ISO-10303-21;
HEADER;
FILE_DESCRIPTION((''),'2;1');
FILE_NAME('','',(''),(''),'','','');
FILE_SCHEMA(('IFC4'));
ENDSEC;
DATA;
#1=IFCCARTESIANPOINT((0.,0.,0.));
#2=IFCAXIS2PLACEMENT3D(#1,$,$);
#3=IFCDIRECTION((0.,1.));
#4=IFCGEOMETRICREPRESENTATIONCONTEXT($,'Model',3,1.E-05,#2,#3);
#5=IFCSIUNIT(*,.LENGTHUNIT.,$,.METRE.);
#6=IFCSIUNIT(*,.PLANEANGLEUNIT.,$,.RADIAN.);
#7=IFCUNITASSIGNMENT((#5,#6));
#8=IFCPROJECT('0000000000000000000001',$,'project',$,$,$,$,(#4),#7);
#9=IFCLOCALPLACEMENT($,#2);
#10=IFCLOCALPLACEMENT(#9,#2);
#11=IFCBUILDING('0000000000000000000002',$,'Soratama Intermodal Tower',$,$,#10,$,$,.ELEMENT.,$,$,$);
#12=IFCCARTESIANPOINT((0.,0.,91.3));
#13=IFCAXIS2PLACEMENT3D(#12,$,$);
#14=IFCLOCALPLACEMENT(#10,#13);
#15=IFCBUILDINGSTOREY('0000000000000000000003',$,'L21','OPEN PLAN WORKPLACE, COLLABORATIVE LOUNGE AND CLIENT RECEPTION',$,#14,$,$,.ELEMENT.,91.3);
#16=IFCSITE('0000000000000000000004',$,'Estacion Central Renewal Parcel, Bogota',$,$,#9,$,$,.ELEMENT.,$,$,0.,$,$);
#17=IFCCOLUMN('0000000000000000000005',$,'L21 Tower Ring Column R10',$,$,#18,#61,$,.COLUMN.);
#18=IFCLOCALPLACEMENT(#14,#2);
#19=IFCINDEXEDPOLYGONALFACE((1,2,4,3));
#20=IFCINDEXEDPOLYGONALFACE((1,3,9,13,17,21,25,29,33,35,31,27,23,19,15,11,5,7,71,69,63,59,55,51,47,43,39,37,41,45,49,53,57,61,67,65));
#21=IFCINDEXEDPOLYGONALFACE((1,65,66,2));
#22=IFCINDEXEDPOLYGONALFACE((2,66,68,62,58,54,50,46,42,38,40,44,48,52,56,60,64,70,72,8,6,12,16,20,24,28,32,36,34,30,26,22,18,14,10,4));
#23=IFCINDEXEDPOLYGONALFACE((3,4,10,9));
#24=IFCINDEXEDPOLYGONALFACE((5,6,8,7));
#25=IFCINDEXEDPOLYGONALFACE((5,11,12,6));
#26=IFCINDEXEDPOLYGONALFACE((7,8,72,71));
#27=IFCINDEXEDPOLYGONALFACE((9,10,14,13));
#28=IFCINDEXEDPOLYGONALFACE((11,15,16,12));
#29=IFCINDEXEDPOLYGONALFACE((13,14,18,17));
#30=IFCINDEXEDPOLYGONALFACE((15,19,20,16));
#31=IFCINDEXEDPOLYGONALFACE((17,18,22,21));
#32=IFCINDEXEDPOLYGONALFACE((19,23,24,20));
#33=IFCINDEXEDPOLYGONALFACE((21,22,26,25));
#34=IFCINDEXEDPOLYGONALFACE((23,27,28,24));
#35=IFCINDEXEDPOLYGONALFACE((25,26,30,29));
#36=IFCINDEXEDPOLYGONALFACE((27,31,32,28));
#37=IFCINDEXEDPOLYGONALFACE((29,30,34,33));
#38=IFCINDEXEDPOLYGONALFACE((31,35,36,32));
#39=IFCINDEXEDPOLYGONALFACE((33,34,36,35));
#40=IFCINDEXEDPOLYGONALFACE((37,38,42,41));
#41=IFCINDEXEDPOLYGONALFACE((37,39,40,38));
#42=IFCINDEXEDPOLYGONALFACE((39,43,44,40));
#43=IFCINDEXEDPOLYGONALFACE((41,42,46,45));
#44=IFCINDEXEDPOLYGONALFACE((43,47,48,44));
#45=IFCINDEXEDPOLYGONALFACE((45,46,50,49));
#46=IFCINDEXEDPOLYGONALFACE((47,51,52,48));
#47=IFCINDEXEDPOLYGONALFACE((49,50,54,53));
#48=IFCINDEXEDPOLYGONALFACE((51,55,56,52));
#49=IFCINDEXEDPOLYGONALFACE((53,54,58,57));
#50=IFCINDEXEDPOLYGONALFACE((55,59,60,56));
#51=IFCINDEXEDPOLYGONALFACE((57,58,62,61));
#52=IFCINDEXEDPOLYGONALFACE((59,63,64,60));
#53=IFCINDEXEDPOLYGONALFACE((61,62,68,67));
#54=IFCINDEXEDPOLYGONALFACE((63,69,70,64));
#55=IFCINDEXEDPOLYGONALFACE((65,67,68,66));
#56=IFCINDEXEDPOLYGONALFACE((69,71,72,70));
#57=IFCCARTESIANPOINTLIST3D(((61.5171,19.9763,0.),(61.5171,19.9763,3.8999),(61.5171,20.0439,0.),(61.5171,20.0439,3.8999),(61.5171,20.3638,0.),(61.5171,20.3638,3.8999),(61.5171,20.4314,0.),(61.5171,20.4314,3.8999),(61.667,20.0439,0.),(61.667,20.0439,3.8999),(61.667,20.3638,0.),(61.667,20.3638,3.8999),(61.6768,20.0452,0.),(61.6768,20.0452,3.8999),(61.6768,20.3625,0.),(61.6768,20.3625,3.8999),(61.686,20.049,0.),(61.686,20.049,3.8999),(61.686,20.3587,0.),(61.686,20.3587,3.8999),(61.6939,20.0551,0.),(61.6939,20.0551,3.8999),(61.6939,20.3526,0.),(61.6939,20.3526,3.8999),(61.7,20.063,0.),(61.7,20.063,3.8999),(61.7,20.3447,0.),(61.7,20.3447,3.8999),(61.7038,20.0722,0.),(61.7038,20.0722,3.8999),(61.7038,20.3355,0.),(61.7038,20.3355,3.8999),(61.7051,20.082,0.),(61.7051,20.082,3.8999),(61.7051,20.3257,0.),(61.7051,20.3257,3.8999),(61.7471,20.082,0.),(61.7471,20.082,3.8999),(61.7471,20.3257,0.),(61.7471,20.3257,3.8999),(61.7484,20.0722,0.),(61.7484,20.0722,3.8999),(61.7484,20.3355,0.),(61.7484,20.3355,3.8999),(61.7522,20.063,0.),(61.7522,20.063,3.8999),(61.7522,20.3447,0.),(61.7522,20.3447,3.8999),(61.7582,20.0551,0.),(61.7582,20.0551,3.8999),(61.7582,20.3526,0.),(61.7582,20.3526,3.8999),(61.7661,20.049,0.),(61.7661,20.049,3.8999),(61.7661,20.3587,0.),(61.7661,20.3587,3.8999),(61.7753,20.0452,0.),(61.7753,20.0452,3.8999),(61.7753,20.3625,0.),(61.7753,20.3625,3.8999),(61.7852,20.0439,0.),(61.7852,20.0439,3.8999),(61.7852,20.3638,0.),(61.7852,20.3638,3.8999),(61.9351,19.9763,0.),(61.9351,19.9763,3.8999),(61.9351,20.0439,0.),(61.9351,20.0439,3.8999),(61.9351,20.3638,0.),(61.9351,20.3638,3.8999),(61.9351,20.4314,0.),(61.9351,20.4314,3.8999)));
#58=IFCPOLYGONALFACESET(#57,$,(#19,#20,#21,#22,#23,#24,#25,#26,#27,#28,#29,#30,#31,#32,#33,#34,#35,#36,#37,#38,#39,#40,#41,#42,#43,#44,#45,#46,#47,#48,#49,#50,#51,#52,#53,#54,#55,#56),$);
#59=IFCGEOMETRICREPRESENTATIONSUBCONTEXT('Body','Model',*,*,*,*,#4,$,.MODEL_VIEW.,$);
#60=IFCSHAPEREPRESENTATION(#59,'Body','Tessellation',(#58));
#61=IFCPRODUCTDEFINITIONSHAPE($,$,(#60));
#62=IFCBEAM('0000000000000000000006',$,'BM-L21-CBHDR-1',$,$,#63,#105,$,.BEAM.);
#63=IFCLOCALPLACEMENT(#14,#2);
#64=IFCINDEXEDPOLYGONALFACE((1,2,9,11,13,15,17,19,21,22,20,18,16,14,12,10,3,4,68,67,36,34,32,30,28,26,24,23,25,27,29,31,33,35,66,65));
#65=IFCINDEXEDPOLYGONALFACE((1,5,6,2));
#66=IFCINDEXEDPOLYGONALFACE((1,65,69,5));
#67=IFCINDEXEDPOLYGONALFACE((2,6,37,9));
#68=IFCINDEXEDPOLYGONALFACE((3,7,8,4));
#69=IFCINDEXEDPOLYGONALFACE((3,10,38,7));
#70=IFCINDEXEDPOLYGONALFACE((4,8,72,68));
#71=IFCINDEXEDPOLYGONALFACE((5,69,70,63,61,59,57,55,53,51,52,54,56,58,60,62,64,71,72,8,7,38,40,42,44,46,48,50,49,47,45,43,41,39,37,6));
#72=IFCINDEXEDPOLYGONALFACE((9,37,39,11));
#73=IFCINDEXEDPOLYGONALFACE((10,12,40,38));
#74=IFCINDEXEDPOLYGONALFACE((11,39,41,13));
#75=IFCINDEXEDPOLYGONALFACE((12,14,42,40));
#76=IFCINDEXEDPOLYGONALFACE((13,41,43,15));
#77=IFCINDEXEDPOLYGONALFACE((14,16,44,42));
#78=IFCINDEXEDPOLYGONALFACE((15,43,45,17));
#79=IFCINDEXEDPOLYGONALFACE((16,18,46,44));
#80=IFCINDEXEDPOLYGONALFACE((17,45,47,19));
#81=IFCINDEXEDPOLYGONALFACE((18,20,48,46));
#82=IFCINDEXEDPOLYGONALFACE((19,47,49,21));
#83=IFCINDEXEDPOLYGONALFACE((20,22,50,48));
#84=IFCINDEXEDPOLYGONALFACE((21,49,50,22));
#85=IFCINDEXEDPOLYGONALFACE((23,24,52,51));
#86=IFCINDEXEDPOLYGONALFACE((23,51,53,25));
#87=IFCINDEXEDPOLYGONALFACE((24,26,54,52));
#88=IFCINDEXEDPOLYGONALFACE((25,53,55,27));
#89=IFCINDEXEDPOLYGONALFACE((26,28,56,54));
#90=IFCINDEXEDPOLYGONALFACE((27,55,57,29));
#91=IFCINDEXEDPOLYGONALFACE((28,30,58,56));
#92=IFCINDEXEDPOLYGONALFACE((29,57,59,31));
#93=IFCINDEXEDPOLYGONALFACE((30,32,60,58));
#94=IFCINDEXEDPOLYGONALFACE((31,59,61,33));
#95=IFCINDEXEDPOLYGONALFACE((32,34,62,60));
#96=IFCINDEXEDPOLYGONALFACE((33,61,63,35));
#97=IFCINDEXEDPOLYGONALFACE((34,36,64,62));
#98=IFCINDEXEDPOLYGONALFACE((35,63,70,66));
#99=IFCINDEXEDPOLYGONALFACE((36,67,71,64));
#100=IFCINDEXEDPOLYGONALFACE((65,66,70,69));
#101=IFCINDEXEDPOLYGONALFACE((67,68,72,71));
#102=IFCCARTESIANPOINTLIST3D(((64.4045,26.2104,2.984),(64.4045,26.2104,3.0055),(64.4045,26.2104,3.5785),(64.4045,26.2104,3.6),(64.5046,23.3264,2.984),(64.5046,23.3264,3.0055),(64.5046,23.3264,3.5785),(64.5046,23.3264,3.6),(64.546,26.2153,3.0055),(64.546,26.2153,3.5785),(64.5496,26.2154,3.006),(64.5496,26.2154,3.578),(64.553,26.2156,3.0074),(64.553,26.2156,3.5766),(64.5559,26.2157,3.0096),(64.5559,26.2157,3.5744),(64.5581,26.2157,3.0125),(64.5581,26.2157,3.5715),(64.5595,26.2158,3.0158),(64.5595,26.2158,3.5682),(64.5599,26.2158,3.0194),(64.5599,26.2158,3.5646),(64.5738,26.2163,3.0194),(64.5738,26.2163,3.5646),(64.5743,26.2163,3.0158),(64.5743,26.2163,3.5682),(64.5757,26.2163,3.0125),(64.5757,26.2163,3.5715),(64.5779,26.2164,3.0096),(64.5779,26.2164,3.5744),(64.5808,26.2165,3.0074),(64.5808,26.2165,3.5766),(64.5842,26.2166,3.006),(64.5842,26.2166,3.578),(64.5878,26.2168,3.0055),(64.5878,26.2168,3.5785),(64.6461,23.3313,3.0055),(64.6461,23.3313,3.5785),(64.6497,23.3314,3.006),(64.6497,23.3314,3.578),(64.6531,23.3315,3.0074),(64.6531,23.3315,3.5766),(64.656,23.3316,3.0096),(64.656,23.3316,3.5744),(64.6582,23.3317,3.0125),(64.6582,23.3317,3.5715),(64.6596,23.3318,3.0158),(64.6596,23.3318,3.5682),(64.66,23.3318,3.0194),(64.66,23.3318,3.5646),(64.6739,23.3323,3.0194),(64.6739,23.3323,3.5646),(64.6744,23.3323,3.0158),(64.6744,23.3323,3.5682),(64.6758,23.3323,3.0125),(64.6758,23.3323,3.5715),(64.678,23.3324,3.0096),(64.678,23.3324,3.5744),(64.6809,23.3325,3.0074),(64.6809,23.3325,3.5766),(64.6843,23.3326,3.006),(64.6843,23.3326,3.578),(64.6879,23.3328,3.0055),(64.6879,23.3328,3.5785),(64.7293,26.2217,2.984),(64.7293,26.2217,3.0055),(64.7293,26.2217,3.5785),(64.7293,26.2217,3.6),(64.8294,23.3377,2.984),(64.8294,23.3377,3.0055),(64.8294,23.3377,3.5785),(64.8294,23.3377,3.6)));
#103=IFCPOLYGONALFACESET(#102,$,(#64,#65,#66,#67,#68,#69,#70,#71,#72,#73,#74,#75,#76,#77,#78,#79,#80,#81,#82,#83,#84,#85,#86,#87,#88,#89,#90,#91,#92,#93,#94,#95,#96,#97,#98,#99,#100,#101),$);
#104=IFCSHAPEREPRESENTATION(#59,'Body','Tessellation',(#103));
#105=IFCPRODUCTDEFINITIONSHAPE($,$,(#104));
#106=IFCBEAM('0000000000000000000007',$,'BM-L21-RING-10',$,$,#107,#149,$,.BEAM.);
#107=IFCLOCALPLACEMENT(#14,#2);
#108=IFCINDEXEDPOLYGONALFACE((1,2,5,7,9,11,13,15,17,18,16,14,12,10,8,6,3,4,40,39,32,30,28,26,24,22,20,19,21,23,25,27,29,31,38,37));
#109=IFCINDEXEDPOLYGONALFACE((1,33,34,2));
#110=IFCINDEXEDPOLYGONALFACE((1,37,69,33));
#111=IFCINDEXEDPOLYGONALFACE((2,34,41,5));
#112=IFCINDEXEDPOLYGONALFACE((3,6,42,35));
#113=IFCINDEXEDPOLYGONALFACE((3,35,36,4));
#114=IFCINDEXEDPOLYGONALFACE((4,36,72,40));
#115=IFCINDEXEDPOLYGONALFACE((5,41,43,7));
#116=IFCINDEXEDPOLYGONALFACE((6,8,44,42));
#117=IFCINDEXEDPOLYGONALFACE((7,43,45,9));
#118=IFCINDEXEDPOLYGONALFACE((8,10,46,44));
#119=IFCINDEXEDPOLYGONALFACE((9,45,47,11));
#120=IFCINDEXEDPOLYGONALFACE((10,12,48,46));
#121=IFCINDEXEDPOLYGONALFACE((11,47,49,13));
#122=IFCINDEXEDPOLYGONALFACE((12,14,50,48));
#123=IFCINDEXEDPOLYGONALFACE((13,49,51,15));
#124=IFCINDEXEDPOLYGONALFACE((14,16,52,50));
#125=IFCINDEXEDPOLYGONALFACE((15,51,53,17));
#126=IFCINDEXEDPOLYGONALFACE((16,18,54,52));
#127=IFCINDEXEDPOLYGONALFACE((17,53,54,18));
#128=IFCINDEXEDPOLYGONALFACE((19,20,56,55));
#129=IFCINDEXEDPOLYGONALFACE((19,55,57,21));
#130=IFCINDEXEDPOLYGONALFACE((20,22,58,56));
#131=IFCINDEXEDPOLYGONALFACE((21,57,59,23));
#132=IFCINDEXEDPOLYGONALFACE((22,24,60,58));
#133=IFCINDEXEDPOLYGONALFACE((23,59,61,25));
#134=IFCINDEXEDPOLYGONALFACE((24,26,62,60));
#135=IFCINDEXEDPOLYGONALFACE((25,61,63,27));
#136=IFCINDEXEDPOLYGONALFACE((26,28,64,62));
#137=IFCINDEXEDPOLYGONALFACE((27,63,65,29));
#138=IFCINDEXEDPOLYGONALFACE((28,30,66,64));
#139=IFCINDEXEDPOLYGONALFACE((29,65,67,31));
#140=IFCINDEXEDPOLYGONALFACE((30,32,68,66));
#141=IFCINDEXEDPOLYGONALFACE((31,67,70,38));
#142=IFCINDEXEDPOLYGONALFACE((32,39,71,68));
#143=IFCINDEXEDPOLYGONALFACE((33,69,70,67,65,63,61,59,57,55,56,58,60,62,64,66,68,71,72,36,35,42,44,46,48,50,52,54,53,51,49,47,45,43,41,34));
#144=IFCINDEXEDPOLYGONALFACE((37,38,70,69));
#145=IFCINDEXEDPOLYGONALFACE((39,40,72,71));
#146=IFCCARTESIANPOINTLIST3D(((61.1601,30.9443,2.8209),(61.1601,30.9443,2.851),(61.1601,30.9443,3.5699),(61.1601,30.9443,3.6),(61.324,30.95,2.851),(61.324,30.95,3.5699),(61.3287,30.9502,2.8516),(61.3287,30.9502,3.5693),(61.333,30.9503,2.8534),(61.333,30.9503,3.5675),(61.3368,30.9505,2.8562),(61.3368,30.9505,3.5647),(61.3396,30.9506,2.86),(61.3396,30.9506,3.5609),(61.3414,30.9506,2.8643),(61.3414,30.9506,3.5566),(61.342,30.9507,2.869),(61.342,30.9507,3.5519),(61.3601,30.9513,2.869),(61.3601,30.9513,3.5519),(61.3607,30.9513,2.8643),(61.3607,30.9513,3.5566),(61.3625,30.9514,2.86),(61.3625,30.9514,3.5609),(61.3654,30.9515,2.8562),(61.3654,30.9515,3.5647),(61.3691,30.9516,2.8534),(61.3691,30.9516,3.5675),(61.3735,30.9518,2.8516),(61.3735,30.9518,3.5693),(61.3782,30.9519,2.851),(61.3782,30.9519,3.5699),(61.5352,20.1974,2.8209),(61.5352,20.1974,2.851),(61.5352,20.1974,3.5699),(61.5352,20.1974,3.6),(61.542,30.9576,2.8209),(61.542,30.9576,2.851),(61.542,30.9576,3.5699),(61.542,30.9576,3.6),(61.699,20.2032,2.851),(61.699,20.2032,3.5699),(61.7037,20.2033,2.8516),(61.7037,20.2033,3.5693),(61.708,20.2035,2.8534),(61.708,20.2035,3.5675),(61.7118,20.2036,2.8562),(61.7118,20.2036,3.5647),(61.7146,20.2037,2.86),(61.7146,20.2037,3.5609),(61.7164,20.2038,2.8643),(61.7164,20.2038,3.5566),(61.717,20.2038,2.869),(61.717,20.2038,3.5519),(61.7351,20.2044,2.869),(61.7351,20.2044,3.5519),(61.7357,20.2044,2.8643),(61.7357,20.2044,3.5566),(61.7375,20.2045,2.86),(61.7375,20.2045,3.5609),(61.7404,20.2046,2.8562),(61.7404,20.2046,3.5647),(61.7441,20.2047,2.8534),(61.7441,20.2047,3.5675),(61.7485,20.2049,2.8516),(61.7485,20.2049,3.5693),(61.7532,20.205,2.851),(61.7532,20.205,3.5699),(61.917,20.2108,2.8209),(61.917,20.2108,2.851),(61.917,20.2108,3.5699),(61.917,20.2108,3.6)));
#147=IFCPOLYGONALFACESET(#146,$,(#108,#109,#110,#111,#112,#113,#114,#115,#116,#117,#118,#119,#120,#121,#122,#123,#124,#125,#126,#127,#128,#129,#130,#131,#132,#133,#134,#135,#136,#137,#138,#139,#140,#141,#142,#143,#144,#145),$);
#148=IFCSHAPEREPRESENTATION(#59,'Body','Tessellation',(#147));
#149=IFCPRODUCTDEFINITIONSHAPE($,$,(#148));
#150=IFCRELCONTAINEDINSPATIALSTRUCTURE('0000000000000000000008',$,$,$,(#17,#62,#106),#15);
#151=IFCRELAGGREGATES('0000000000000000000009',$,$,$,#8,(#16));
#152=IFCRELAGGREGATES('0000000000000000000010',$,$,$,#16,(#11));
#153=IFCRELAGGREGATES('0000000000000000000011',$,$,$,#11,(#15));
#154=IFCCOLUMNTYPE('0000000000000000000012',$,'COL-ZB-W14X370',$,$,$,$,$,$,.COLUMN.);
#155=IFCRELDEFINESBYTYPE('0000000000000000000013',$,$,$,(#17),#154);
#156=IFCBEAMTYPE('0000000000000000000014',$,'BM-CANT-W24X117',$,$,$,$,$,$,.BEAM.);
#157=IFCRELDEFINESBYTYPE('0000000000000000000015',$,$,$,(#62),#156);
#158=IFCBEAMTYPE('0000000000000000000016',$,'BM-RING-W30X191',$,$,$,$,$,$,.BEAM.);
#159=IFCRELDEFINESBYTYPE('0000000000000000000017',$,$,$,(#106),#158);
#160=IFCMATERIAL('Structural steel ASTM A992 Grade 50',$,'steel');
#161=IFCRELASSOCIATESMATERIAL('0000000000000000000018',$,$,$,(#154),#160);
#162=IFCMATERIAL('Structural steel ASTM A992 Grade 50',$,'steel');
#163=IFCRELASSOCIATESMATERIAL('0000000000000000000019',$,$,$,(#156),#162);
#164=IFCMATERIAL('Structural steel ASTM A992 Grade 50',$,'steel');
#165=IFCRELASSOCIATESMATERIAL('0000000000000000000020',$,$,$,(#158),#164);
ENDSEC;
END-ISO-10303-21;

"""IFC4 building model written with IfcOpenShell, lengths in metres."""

from ifc_helpers import new_model, si_unit, direction, frame, origin, origin_2d, place, context, subcontext, project, spatial, i_section, extrude, material, material_profile, profile_set, type_object, element, save


model = new_model("IFC4")

# Units and contexts
model_context = context("Model", 3, precision=1e-05, world=origin(), true_north=direction((0.0, 1.0)))
body_context = subcontext(model_context, "Body", "Model", "MODEL_VIEW")
ifc_project = project(units=[si_unit("LENGTHUNIT", "METRE"), si_unit("PLANEANGLEUNIT", "RADIAN")], contexts=[model_context])

# Site, building, storey
site_placement = place(None, origin())
site = spatial("IfcSite", under=ifc_project, at=site_placement, Name="Estacion Central Renewal Parcel, Bogota", CompositionType="ELEMENT", RefElevation=0.0)
building_placement = place(site_placement, origin())
building = spatial("IfcBuilding", under=site, at=building_placement, Name="Soratama Intermodal Tower", CompositionType="ELEMENT")
storey_placement = place(building_placement, frame((0.0, 0.0, 91.3)))
storey = spatial("IfcBuildingStorey", under=building, at=storey_placement, Name="L21", Description="OPEN PLAN WORKPLACE, COLLABORATIVE LOUNGE AND CLIENT RECEPTION", CompositionType="ELEMENT", Elevation=91.3)

# Column
ifc_material_1 = material(Name="Structural steel ASTM A992 Grade 50", Category="steel")
ifc_material_profile_1 = material_profile(ifc_material_1, i_section(OverallWidth=0.418, OverallDepth=0.4551, WebThickness=0.042, FlangeThickness=0.0676, FilletRadius=0.0381, at=origin_2d()), Name="W14X370")
ifc_profile_set_1 = profile_set([ifc_material_profile_1], Name="Structural steel ASTM A992 Grade 50")
column_type = type_object("IfcColumnType", Name="COL-ZB-W14X370", PredefinedType="COLUMN", material=ifc_profile_set_1)
column_placement = place(storey_placement, frame((61.7261, 20.2039, 0.0), z_axis=(0.0, 0.0, 1.0), x_axis=(1.0, 0.0, 0.0)))
element("IfcColumn", 1, at=column_placement, inside=storey, type_object=column_type, Name="L21 Tower Ring Column R10", PredefinedType="COLUMN", context=body_context, shape_type="SweptSolid", body=[
    extrude(i_section(OverallWidth=0.418, OverallDepth=0.4551, WebThickness=0.042, FlangeThickness=0.0676, FilletRadius=0.0381, at=origin_2d()), origin(), (0.0, 0.0, 1.0), 3.8999),
])

# Beams
ifc_material_2 = material(Name="Structural steel ASTM A992 Grade 50", Category="steel")
ifc_material_profile_2 = material_profile(ifc_material_2, i_section(OverallWidth=0.325, OverallDepth=0.616, WebThickness=0.0139, FlangeThickness=0.0215, FilletRadius=0.0139, at=origin_2d()), Name="W24X117")
ifc_profile_set_2 = profile_set([ifc_material_profile_2], Name="Structural steel ASTM A992 Grade 50")
beam_type_1 = type_object("IfcBeamType", Name="BM-CANT-W24X117", PredefinedType="BEAM", material=ifc_profile_set_2)
beam_1_placement = place(storey_placement, frame((64.667, 23.332, 3.292), z_axis=(-0.034687, 0.999398, 0.0), x_axis=(-0.999398, -0.034687, 0.0)))
element("IfcBeam", 2, at=beam_1_placement, inside=storey, type_object=beam_type_1, Name="BM-L21-CBHDR-1", PredefinedType="BEAM", context=body_context, shape_type="SweptSolid", body=[
    extrude(i_section(OverallWidth=0.325, OverallDepth=0.616, WebThickness=0.0139, FlangeThickness=0.0215, FilletRadius=0.0139, at=origin_2d()), origin(), (0.0, 0.0, 1.0), 2.8857),
])
ifc_material_3 = material(Name="Structural steel ASTM A992 Grade 50", Category="steel")
ifc_material_profile_3 = material_profile(ifc_material_3, i_section(OverallWidth=0.3821, OverallDepth=0.7791, WebThickness=0.0181, FlangeThickness=0.03, FilletRadius=0.0181, at=origin_2d()), Name="W30X191")
ifc_profile_set_3 = profile_set([ifc_material_profile_3], Name="Structural steel ASTM A992 Grade 50")
beam_type_2 = type_object("IfcBeamType", Name="BM-RING-W30X191", PredefinedType="BEAM", material=ifc_profile_set_3)
beam_2_placement = place(storey_placement, frame((61.7261, 20.2041, 3.2104), z_axis=(-0.034873, 0.999392, 0.0), x_axis=(-0.999392, -0.034873, 0.0)))
element("IfcBeam", 3, at=beam_2_placement, inside=storey, type_object=beam_type_2, Name="BM-L21-RING-10", PredefinedType="BEAM", context=body_context, shape_type="SweptSolid", body=[
    extrude(i_section(OverallWidth=0.3821, OverallDepth=0.7791, WebThickness=0.0181, FlangeThickness=0.03, FilletRadius=0.0181, at=origin_2d()), origin(), (0.0, 0.0, 1.0), 10.7534),
])

save(model, "model.ifc")
